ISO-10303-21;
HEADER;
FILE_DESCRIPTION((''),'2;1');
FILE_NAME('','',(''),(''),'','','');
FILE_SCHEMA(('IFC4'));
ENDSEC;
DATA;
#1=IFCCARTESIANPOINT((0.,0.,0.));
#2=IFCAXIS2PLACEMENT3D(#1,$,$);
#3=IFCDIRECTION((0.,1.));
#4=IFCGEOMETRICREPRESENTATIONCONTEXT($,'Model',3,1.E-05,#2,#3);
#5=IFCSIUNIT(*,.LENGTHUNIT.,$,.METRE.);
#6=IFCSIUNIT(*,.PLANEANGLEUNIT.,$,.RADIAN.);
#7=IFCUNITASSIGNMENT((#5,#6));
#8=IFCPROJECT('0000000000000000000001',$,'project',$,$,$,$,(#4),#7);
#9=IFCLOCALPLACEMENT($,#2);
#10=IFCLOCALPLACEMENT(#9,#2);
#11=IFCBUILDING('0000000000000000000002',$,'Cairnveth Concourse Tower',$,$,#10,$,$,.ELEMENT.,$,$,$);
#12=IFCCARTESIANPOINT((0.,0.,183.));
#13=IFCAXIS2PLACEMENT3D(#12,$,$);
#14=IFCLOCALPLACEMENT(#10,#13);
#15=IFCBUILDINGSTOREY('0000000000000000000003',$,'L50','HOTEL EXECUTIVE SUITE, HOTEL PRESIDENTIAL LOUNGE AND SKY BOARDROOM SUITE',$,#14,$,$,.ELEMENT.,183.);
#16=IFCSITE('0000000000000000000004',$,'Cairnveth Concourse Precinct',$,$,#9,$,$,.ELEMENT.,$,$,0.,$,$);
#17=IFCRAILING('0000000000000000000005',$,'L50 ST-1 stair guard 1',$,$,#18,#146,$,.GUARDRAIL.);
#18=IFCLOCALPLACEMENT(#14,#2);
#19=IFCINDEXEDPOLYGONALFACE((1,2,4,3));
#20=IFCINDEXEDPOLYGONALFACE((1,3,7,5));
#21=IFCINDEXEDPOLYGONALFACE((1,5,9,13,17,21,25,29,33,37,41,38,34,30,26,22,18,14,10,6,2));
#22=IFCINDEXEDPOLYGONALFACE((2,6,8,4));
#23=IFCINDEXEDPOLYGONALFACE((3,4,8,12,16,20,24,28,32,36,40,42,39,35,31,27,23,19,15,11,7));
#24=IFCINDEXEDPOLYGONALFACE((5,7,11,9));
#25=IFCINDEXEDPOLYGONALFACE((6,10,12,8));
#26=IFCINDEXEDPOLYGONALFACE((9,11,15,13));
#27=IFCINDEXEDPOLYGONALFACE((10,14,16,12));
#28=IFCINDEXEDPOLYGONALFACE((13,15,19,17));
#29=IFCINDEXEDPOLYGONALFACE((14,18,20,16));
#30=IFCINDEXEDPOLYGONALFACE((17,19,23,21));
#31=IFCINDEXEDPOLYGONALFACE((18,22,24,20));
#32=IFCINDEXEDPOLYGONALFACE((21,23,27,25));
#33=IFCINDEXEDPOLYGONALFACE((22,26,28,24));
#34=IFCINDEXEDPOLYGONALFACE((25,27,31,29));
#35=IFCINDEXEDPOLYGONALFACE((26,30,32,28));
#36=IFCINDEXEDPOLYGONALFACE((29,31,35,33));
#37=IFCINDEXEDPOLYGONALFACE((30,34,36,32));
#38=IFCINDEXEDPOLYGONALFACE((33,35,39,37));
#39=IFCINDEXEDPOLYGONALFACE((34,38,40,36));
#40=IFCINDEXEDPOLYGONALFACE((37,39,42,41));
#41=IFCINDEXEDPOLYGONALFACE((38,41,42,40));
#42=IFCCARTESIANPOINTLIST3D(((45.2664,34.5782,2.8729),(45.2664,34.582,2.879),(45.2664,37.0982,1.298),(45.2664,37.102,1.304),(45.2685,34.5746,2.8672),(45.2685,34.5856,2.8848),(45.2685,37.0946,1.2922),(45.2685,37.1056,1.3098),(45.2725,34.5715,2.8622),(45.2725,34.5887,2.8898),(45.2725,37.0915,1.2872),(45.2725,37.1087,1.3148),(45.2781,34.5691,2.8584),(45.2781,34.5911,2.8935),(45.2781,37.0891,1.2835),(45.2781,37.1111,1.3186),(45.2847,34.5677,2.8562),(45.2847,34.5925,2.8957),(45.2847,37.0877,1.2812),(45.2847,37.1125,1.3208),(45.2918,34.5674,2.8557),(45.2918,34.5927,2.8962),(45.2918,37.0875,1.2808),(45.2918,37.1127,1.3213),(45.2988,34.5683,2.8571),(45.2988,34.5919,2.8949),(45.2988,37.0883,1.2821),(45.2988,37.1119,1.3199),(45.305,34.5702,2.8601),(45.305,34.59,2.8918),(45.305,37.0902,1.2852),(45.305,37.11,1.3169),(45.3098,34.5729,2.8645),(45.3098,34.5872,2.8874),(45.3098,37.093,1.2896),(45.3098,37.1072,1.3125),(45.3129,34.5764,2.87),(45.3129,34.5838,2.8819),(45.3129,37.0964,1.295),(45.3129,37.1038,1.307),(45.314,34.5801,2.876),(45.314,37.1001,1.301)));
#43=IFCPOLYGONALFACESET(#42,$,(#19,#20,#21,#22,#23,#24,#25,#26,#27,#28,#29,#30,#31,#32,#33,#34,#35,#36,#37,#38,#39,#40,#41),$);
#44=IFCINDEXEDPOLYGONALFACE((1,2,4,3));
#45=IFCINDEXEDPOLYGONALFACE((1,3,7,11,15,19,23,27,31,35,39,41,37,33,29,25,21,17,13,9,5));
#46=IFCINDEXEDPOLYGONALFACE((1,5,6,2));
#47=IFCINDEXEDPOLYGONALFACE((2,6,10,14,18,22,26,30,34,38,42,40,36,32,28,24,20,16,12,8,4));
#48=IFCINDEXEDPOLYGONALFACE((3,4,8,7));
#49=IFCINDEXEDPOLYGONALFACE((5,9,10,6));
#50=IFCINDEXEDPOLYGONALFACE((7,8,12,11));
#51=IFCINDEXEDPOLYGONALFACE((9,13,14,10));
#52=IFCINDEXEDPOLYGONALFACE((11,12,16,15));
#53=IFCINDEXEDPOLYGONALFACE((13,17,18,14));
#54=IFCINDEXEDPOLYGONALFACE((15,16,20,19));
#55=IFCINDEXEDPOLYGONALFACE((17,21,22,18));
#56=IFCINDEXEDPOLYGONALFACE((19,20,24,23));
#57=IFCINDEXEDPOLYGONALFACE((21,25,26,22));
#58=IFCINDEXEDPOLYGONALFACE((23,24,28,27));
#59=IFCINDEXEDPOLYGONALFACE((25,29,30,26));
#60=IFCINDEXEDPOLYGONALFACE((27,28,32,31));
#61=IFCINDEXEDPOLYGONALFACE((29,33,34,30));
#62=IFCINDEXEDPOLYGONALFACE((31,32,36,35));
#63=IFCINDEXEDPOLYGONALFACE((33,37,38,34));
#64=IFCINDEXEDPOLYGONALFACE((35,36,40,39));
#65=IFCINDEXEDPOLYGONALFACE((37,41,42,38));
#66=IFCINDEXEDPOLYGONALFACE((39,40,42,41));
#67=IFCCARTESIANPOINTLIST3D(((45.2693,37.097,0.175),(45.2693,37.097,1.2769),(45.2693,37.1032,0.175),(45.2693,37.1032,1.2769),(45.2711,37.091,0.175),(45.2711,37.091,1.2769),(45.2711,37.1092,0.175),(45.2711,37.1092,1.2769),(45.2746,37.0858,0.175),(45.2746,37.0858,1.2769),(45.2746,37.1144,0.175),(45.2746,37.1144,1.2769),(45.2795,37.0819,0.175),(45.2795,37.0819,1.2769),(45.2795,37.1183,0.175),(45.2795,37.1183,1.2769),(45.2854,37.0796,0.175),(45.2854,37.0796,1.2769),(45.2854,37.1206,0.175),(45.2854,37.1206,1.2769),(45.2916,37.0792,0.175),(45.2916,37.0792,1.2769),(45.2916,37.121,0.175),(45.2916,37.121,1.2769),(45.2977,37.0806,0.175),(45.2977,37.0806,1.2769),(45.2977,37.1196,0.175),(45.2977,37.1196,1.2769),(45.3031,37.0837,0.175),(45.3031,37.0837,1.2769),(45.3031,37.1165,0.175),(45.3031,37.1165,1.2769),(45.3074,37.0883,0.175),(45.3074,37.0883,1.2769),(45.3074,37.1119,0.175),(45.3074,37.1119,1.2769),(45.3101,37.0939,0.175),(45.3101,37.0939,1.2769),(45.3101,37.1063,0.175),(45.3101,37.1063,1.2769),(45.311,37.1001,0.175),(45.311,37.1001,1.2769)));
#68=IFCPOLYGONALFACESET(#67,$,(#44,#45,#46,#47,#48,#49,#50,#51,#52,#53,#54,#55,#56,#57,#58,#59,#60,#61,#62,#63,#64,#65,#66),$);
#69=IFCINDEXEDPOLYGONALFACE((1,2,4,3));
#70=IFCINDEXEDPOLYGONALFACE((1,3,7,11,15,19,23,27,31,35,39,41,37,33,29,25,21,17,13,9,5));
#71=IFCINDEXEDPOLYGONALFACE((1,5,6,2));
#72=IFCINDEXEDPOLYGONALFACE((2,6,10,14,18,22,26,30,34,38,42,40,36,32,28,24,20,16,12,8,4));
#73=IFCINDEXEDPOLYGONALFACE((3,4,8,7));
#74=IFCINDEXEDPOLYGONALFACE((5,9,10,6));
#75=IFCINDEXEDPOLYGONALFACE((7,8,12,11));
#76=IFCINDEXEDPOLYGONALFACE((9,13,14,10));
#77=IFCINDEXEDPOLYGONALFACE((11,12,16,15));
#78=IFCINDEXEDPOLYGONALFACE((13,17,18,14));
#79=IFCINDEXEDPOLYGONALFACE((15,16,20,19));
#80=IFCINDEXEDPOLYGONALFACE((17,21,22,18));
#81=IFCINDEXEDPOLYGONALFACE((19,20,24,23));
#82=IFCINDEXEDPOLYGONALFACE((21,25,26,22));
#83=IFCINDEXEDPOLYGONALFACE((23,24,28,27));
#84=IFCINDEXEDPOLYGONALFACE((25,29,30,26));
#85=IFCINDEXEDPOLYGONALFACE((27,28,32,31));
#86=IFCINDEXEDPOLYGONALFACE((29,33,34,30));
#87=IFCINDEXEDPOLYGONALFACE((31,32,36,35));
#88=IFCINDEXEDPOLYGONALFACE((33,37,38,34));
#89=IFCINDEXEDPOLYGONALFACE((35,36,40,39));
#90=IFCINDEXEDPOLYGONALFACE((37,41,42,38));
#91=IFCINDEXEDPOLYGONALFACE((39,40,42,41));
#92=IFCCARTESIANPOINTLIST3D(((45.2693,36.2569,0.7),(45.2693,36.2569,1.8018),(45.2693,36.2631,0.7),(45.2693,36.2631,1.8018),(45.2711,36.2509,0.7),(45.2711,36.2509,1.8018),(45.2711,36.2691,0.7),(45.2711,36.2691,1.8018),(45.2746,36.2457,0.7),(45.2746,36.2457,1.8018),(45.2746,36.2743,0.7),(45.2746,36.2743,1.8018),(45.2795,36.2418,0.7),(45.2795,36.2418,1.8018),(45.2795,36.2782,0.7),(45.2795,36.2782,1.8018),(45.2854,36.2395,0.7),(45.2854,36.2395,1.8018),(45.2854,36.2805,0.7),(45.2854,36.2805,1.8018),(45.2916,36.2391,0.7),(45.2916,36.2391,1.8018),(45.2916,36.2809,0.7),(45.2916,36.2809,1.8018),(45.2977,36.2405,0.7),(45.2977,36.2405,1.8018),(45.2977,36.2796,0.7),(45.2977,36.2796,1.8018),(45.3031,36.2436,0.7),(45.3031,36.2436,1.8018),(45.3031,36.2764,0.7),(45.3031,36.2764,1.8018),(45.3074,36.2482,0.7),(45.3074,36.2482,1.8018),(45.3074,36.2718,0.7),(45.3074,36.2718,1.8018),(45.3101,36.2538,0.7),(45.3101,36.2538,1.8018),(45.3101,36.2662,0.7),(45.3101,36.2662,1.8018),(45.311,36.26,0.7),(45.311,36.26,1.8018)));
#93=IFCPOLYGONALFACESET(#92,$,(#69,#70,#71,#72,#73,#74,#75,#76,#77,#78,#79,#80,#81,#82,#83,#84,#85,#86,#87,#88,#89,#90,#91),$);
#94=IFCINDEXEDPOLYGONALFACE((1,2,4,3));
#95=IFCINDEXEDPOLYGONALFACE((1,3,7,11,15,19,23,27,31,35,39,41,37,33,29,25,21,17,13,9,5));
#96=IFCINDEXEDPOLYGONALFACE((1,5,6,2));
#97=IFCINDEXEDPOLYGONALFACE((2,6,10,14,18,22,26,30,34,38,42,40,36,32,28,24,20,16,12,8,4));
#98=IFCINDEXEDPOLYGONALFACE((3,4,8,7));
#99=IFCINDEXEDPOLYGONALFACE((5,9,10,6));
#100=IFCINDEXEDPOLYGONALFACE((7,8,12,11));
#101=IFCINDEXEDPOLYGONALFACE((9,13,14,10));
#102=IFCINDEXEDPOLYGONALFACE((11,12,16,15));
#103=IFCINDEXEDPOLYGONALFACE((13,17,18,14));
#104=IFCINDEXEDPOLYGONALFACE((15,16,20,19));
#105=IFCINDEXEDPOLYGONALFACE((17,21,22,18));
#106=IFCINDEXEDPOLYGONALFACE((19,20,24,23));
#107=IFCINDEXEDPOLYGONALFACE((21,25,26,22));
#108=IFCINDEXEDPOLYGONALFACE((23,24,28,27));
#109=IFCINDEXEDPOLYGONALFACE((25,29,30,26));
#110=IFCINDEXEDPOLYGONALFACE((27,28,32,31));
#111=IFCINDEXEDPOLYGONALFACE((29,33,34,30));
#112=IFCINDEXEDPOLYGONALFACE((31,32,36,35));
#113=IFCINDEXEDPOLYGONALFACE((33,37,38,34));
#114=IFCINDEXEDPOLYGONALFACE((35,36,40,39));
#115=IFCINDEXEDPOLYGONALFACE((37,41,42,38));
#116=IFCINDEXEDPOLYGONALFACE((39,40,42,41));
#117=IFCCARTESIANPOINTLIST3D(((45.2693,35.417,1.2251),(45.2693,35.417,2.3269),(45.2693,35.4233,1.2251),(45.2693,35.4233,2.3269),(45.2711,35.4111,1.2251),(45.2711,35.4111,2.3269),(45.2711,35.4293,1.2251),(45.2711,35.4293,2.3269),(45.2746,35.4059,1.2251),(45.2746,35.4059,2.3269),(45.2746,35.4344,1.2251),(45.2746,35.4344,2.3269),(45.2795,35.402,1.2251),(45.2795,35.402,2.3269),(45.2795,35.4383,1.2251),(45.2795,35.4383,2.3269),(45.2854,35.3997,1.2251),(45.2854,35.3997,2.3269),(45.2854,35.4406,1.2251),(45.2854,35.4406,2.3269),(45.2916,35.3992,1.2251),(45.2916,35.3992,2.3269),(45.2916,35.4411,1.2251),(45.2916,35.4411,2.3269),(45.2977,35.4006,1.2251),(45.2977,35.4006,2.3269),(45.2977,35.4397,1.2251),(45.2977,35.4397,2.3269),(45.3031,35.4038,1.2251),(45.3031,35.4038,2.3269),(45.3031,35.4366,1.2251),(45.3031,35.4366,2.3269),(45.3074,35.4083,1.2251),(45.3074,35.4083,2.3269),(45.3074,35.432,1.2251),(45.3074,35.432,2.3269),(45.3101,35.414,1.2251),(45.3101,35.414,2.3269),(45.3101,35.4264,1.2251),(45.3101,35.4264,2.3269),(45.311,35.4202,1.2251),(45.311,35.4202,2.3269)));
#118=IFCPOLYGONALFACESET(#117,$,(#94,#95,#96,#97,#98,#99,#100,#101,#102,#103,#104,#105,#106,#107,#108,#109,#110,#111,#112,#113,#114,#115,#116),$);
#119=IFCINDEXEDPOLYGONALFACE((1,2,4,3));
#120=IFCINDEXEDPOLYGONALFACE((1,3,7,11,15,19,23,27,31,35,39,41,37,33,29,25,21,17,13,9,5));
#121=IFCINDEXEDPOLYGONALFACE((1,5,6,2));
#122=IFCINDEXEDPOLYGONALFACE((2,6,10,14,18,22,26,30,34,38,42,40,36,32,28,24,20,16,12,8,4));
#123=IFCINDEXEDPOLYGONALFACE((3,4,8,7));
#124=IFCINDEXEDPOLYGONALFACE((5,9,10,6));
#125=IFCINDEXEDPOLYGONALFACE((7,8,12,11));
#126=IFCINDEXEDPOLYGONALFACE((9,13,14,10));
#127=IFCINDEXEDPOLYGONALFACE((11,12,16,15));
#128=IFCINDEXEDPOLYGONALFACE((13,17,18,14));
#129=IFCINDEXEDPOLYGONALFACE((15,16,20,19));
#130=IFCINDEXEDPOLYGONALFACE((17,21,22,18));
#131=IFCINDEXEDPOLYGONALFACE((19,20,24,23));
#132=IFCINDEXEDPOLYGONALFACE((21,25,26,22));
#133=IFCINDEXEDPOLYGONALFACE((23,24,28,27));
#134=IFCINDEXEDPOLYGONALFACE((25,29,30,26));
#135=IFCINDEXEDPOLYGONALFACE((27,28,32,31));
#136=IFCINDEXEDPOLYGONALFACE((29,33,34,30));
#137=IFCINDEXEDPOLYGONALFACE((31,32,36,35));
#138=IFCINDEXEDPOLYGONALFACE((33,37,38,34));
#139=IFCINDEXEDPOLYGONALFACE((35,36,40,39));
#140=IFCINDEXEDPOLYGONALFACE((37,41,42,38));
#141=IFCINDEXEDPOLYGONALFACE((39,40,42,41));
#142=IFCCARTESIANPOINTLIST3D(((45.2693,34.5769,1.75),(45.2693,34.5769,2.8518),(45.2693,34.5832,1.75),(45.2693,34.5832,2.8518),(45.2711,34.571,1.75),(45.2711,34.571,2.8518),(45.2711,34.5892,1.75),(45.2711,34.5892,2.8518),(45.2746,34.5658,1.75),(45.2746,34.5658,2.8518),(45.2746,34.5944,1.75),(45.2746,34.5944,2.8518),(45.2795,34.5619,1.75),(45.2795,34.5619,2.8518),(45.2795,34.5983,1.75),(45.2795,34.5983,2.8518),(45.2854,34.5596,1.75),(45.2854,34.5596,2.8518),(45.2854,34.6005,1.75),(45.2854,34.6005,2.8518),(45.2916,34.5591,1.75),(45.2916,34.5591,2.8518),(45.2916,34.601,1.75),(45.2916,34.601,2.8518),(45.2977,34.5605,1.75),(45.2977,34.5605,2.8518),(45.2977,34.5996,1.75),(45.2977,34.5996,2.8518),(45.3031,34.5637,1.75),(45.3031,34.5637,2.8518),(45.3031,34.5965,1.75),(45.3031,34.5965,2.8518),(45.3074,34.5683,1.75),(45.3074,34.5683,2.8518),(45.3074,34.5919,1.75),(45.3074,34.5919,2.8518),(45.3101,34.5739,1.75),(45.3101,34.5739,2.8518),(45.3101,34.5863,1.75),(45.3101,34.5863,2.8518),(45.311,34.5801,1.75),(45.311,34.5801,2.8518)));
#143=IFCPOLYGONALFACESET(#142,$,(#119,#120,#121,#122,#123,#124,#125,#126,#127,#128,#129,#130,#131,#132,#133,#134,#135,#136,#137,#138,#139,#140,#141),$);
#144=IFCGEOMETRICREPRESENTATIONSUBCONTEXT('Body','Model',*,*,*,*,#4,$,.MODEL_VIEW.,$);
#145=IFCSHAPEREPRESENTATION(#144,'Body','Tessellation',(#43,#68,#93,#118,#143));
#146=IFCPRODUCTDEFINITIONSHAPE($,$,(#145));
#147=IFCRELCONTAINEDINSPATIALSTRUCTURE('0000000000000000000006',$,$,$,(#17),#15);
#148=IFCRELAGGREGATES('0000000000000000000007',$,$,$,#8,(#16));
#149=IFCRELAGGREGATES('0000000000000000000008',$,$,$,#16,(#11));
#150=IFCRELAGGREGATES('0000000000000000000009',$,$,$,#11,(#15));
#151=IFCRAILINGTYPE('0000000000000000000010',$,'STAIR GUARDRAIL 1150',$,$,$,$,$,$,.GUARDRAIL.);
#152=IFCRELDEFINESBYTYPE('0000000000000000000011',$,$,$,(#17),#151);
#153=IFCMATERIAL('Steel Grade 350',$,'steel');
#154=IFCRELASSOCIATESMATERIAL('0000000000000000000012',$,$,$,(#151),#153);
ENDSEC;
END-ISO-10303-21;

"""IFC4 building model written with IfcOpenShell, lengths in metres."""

from ifc_helpers import new_model, si_unit, direction, frame, origin, origin_2d, place, context, subcontext, project, spatial, circle, extrude, material, type_object, element, save


model = new_model("IFC4")

# Units and contexts
model_context = context("Model", 3, precision=1e-05, world=origin(), true_north=direction((0.0, 1.0)))
body_context = subcontext(model_context, "Body", "Model", "MODEL_VIEW")
ifc_project = project(units=[si_unit("LENGTHUNIT", "METRE"), si_unit("PLANEANGLEUNIT", "RADIAN")], contexts=[model_context])

# Site, building, storey
site_placement = place(None, origin())
site = spatial("IfcSite", under=ifc_project, at=site_placement, Name="Cairnveth Concourse Precinct", CompositionType="ELEMENT", RefElevation=0.0)
building_placement = place(site_placement, origin())
building = spatial("IfcBuilding", under=site, at=building_placement, Name="Cairnveth Concourse Tower", CompositionType="ELEMENT")
storey_placement = place(building_placement, frame((0.0, 0.0, 183.0)))
storey = spatial("IfcBuildingStorey", under=building, at=storey_placement, Name="L50", Description="HOTEL EXECUTIVE SUITE, HOTEL PRESIDENTIAL LOUNGE AND SKY BOARDROOM SUITE", CompositionType="ELEMENT", Elevation=183.0)

# Shared definitions
ifc_material_1 = material(Name="Steel Grade 350", Category="steel")

# Railing
railing_type_1 = type_object("IfcRailingType", Name="STAIR GUARDRAIL 1150", PredefinedType="GUARDRAIL", material=ifc_material_1)
railing_1_placement = place(storey_placement, frame((45.29, 37.1001, 0.175)))
element("IfcRailing", 1, at=railing_1_placement, inside=storey, type_object=railing_type_1, Name="L50 ST-1 stair guard 1", PredefinedType="GUARDRAIL", context=body_context, shape_type="SweptSolid", body=[
    extrude(circle(Radius=0.0239, at=origin_2d()), frame((0.0, 0.0, 1.126), z_axis=(0.0, -0.848008, 0.529984), x_axis=(1.0, 0.0, 0.0)), (0.0, 0.0, 1.0), 2.9717),
    extrude(circle(Radius=0.021, at=origin_2d()), origin(), (0.0, 0.0, 1.0), 1.1018),
    extrude(circle(Radius=0.021, at=origin_2d()), frame((0.0, -0.8401, 0.5249)), (0.0, 0.0, 1.0), 1.1018),
    extrude(circle(Radius=0.021, at=origin_2d()), frame((0.0, -1.6799, 1.05)), (0.0, 0.0, 1.0), 1.1018),
    extrude(circle(Radius=0.021, at=origin_2d()), frame((0.0, -2.52, 1.575)), (0.0, 0.0, 1.0), 1.1018),
])

save(model, "model.ifc")
